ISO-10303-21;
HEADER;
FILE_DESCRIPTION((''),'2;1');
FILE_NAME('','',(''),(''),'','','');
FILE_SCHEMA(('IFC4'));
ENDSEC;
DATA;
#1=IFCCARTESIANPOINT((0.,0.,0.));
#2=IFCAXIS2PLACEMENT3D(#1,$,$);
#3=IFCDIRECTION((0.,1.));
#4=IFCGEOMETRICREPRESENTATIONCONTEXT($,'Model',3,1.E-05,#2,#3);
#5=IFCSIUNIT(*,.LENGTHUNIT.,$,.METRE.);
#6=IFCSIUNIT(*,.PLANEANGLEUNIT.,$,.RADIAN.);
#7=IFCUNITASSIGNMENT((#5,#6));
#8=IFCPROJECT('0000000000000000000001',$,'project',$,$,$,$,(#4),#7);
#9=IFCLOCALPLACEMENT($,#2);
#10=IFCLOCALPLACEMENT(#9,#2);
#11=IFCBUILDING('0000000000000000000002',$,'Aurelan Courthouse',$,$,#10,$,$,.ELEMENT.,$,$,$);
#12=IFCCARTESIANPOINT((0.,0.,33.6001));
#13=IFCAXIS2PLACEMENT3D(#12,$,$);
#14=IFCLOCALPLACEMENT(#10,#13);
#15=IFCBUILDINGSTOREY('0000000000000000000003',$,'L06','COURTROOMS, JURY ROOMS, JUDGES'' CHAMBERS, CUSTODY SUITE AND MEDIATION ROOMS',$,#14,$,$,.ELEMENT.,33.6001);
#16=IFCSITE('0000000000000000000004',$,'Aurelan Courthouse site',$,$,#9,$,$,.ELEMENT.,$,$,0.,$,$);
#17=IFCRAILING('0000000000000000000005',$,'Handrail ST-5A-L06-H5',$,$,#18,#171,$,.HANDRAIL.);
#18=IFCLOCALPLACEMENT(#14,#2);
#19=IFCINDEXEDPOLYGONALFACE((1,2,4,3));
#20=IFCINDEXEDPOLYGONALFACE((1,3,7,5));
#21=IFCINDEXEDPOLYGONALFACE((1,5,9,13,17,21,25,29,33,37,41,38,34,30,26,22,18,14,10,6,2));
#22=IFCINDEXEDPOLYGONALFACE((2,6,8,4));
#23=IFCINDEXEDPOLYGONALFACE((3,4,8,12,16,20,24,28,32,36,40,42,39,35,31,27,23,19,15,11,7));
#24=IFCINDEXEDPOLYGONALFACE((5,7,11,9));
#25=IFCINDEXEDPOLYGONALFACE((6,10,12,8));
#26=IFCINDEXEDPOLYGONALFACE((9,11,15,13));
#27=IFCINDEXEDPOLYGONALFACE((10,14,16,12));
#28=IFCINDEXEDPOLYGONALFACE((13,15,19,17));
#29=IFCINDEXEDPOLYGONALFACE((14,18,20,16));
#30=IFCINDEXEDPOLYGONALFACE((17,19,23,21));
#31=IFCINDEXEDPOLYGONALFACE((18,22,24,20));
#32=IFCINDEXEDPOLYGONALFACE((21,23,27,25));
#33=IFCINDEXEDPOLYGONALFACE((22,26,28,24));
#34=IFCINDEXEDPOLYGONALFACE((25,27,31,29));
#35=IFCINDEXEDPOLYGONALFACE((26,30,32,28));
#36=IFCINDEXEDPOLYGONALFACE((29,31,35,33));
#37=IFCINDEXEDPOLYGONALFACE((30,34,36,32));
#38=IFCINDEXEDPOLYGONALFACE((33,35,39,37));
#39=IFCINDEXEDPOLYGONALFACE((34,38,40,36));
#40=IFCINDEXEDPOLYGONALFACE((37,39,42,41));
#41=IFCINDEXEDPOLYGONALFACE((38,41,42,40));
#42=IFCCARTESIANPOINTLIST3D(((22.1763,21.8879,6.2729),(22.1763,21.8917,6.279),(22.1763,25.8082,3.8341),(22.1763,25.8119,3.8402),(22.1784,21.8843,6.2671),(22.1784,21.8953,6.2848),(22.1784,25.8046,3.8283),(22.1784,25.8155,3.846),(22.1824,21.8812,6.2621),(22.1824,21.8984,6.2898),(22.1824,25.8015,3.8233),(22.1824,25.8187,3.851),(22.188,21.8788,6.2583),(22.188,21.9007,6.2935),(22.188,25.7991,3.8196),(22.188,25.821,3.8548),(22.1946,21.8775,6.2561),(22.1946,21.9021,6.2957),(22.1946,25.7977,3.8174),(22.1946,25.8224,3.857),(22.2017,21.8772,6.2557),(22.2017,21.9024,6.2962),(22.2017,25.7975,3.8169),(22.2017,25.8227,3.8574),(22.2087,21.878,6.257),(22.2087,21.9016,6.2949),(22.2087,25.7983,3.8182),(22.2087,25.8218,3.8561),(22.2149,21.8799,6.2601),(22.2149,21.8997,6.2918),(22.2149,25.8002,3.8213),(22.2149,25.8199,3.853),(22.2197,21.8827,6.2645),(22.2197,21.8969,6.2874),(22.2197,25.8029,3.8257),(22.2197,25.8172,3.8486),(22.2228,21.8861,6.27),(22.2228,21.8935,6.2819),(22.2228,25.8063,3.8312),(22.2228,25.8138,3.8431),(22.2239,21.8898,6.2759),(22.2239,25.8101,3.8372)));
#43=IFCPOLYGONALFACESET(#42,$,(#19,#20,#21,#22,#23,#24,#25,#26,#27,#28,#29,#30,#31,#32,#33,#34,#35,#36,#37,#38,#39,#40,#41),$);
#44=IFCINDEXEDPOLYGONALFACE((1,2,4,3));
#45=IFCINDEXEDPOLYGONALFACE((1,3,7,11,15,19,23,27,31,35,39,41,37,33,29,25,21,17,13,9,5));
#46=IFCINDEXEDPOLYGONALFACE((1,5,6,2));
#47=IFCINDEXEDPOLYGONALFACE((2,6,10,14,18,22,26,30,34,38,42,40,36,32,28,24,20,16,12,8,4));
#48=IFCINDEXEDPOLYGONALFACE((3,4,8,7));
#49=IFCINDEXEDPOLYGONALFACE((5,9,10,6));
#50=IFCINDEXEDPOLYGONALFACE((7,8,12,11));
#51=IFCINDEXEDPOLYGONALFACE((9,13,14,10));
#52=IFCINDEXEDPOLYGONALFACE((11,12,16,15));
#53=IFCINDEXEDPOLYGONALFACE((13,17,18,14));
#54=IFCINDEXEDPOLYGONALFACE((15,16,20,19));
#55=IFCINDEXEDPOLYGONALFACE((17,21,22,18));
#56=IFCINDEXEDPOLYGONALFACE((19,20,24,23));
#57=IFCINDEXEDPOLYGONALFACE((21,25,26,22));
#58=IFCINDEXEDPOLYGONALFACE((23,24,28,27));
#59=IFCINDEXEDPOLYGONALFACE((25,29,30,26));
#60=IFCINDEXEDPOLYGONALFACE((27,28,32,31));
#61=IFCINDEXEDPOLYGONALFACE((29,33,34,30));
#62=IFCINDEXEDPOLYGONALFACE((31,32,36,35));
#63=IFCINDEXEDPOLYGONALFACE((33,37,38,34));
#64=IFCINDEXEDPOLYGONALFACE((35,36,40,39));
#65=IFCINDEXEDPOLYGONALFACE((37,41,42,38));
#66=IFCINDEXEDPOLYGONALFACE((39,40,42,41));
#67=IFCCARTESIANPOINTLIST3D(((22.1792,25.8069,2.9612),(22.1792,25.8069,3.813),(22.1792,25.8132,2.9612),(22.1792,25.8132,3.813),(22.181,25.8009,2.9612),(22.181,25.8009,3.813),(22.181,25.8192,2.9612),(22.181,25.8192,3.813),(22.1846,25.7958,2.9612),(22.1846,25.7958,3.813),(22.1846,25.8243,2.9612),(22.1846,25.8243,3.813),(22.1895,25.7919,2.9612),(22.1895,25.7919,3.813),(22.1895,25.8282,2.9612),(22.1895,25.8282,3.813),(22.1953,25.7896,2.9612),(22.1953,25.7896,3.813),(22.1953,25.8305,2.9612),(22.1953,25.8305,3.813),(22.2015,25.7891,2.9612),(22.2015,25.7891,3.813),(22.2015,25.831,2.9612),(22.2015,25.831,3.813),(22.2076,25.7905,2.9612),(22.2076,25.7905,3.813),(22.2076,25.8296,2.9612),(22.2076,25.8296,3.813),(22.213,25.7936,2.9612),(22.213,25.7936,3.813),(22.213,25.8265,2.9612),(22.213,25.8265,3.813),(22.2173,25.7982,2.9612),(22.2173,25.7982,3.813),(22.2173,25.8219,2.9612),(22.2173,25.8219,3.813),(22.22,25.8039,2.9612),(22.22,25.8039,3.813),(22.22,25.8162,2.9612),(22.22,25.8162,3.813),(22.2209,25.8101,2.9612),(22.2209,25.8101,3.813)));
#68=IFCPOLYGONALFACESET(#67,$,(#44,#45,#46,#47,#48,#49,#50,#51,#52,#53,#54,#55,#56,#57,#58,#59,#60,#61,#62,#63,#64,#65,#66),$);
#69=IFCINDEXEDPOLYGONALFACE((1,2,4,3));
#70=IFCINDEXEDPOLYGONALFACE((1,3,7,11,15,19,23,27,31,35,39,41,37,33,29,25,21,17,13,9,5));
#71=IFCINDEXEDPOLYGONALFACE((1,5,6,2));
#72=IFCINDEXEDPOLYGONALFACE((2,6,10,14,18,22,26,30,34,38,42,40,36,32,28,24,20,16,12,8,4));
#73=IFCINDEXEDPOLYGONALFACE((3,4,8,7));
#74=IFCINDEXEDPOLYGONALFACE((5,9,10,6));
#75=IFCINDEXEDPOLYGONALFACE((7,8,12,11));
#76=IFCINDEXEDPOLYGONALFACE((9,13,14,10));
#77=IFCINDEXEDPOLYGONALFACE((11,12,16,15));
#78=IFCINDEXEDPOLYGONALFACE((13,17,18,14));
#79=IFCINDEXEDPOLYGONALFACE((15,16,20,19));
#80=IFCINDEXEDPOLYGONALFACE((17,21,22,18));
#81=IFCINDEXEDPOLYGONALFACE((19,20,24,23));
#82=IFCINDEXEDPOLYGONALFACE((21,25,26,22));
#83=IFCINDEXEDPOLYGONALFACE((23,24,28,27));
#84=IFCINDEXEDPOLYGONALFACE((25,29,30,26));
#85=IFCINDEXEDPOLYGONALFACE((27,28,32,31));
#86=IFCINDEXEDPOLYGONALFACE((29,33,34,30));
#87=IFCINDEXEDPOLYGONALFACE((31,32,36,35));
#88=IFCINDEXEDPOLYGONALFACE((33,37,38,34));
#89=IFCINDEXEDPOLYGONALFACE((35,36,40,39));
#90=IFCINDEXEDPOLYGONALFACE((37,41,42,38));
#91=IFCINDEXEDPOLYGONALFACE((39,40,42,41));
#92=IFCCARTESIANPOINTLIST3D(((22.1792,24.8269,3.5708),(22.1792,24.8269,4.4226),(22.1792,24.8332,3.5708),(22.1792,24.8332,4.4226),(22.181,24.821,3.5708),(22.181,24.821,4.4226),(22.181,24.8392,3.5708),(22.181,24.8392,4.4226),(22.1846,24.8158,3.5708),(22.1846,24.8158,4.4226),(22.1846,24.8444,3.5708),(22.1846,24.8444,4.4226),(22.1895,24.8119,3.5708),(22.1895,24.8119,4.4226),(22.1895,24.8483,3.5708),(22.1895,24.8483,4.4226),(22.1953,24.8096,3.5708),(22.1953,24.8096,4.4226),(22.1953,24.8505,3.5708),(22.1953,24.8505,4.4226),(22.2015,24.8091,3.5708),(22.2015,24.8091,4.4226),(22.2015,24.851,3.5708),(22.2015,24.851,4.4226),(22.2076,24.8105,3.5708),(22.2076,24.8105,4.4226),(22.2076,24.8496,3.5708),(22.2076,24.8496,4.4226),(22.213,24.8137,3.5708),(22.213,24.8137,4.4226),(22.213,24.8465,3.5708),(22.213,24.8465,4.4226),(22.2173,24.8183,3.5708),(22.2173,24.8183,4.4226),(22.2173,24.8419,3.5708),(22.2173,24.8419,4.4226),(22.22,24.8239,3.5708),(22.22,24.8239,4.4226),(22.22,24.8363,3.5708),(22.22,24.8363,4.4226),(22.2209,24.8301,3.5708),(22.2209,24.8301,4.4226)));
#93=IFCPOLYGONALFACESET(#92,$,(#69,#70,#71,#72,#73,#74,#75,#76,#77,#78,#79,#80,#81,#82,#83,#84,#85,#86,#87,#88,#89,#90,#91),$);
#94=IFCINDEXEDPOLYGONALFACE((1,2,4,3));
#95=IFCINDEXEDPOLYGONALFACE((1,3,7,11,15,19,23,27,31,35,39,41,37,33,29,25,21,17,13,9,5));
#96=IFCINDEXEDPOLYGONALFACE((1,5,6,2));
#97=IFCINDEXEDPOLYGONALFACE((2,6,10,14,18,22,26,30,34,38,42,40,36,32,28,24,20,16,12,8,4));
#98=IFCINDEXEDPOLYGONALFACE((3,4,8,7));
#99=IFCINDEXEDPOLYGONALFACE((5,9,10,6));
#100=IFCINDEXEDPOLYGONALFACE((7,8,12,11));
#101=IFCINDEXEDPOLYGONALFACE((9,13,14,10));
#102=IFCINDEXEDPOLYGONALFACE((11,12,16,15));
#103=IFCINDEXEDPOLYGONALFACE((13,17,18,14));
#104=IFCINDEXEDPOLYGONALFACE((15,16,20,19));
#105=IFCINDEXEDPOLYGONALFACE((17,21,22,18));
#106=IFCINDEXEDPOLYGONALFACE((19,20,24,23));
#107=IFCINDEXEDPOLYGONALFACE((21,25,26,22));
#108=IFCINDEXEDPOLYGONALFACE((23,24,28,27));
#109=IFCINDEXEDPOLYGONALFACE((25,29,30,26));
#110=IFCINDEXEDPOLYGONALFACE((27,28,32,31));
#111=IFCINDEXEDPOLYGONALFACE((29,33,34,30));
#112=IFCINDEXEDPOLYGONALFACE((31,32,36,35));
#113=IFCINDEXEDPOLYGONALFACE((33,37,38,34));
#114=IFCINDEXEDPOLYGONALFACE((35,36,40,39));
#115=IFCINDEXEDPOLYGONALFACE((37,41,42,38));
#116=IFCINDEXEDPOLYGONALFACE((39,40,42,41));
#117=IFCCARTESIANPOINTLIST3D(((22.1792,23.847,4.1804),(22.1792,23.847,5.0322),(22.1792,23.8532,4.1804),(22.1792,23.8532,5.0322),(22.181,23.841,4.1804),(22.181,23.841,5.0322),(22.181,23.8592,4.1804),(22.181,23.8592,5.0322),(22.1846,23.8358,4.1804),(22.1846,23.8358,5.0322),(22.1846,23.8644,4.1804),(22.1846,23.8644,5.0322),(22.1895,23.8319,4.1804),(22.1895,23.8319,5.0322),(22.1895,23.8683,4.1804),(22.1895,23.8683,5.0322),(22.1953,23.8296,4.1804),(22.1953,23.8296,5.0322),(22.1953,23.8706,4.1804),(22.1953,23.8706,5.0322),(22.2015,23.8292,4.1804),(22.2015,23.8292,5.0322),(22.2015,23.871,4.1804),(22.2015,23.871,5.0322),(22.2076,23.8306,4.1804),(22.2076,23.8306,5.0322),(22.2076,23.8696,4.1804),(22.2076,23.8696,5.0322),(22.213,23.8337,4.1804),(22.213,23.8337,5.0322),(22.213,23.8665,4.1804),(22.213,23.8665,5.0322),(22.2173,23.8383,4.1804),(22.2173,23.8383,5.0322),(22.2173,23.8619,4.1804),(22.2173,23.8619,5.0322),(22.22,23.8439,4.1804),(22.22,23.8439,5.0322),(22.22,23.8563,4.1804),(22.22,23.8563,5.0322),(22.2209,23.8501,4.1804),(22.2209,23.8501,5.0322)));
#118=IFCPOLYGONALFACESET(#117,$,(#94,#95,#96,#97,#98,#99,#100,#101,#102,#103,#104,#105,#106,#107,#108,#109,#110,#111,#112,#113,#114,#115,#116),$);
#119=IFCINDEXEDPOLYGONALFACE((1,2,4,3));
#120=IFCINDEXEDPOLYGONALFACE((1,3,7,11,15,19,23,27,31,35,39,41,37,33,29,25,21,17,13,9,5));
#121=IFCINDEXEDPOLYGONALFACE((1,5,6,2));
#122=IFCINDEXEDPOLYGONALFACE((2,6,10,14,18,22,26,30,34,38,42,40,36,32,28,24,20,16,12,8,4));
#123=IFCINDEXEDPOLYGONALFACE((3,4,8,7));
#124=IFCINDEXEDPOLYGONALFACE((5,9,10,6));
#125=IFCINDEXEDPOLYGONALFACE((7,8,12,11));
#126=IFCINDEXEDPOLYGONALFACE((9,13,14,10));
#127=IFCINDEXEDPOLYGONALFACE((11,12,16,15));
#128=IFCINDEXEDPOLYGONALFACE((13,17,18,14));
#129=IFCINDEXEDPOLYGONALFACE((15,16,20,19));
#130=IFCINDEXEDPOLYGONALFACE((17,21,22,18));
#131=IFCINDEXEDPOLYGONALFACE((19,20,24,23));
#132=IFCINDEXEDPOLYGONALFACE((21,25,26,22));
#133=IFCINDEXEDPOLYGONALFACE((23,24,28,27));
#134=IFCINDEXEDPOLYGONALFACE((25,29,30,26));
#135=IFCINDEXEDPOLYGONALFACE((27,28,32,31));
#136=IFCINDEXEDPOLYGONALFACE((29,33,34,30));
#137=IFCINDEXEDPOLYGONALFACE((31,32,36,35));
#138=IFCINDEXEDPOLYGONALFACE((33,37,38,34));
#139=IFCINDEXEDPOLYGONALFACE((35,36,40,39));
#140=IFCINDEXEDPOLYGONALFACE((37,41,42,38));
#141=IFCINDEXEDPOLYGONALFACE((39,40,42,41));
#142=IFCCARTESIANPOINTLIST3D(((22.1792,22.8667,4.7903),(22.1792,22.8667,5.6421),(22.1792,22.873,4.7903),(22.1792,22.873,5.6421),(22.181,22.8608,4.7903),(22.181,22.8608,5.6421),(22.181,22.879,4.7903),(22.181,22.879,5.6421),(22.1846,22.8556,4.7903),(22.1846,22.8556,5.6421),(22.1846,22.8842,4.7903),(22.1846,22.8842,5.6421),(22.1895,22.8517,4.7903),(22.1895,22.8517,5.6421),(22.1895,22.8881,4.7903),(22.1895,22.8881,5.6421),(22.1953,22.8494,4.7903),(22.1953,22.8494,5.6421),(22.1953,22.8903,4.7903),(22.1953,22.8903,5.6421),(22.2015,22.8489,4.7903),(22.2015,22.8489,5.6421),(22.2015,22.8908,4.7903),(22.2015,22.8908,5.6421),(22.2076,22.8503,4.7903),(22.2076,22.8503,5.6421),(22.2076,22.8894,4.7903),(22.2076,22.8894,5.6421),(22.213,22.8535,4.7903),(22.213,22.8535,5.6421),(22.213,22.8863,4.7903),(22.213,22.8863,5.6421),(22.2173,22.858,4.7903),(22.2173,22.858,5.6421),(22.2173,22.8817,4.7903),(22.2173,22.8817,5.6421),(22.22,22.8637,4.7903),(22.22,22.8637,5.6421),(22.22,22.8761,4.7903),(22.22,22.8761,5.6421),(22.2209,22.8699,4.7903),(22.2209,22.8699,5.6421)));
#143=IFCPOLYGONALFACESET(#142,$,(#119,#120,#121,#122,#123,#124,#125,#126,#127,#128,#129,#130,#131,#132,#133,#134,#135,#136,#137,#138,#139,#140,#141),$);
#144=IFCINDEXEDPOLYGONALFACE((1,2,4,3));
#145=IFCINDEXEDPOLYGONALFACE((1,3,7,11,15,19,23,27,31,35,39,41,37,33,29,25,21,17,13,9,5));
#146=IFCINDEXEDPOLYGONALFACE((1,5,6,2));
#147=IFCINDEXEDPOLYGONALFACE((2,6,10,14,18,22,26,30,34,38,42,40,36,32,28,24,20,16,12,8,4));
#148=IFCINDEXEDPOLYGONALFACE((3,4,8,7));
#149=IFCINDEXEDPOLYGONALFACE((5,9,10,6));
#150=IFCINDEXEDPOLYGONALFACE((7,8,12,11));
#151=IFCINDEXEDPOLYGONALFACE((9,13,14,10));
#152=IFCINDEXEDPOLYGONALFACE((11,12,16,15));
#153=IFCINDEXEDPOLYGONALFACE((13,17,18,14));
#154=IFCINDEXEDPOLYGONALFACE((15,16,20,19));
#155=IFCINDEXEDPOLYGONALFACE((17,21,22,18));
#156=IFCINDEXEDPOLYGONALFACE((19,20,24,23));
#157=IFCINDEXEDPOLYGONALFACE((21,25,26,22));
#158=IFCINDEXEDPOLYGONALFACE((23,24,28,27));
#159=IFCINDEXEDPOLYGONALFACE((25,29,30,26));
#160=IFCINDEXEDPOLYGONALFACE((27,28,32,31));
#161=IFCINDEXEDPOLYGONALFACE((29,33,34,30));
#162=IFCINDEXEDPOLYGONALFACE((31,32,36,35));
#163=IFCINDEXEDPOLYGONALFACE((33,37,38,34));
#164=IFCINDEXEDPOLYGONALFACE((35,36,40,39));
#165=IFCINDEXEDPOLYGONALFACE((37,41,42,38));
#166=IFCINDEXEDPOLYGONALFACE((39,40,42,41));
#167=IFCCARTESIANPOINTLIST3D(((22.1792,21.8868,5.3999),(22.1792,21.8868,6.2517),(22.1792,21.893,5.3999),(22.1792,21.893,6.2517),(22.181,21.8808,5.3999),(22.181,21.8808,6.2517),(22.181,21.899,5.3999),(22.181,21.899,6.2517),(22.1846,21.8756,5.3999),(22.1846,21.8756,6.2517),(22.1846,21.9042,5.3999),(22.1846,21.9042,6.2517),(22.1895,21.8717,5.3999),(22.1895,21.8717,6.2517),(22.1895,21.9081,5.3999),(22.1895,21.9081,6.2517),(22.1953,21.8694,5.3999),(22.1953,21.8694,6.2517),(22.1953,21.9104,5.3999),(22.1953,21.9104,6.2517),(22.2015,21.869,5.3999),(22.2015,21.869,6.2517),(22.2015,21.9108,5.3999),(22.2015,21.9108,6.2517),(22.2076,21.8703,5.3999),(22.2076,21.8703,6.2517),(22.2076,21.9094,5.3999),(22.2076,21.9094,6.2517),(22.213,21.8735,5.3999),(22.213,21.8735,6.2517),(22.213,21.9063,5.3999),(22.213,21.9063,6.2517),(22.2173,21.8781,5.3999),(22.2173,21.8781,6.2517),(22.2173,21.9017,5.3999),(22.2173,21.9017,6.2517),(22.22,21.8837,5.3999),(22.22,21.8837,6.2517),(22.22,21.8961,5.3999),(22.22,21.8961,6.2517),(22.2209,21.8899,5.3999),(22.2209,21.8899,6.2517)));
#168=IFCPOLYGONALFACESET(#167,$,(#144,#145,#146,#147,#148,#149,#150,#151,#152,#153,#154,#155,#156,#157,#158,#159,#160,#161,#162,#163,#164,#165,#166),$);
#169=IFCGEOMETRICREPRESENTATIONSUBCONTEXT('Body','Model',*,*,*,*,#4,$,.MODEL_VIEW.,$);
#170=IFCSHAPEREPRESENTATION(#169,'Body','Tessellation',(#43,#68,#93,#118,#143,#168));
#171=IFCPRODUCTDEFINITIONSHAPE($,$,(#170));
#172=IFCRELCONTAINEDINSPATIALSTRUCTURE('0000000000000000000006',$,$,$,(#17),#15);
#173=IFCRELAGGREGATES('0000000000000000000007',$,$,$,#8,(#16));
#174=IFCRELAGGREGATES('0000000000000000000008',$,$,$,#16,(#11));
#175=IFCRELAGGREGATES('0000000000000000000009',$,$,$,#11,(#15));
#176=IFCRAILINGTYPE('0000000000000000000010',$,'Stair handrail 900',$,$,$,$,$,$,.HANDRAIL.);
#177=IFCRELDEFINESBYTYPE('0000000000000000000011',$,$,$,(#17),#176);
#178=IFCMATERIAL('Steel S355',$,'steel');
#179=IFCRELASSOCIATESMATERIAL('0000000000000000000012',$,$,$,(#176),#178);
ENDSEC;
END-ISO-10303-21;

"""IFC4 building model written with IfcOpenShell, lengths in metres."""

from ifc_helpers import new_model, si_unit, direction, frame, origin, origin_2d, place, context, subcontext, project, spatial, circle, extrude, material, type_object, element, save


model = new_model("IFC4")

# Units and contexts
model_context = context("Model", 3, precision=1e-05, world=origin(), true_north=direction((0.0, 1.0)))
body_context = subcontext(model_context, "Body", "Model", "MODEL_VIEW")
ifc_project = project(units=[si_unit("LENGTHUNIT", "METRE"), si_unit("PLANEANGLEUNIT", "RADIAN")], contexts=[model_context])

# Site, building, storey
site_placement = place(None, origin())
site = spatial("IfcSite", under=ifc_project, at=site_placement, Name="Aurelan Courthouse site", CompositionType="ELEMENT", RefElevation=0.0)
building_placement = place(site_placement, origin())
building = spatial("IfcBuilding", under=site, at=building_placement, Name="Aurelan Courthouse", CompositionType="ELEMENT")
storey_placement = place(building_placement, frame((0.0, 0.0, 33.6001)))
storey = spatial("IfcBuildingStorey", under=building, at=storey_placement, Name="L06", Description="COURTROOMS, JURY ROOMS, JUDGES' CHAMBERS, CUSTODY SUITE AND MEDIATION ROOMS", CompositionType="ELEMENT", Elevation=33.6001)

# Railing
ifc_material_1 = material(Name="Steel S355", Category="steel")
railing_type_1 = type_object("IfcRailingType", Name="Stair handrail 900", PredefinedType="HANDRAIL", material=ifc_material_1)
for number, where, name in (
    (1, (22.2, 25.8101, 2.9612), "Handrail ST-5A-L06-H5"),
):
    element("IfcRailing", number, at=place(storey_placement, frame(where)), inside=storey, type_object=railing_type_1, Name=name, PredefinedType="HANDRAIL", context=body_context, shape_type="SweptSolid", body=[
        extrude(circle(Radius=0.0239, at=origin_2d()), frame((0.0, 0.0, 0.876), z_axis=(0.0, -0.849105, 0.528225), x_axis=(1.0, 0.0, 0.0)), (0.0, 0.0, 1.0), 4.6169),
        extrude(circle(Radius=0.021, at=origin_2d()), origin(), (0.0, 0.0, 1.0), 0.8518),
        extrude(circle(Radius=0.021, at=origin_2d()), frame((0.0, -0.98, 0.6096)), (0.0, 0.0, 1.0), 0.8518),
        extrude(circle(Radius=0.021, at=origin_2d()), frame((0.0, -1.96, 1.2192)), (0.0, 0.0, 1.0), 0.8518),
        extrude(circle(Radius=0.021, at=origin_2d()), frame((0.0, -2.9402, 1.8291)), (0.0, 0.0, 1.0), 0.8518),
        extrude(circle(Radius=0.021, at=origin_2d()), frame((0.0, -3.9202, 2.4387)), (0.0, 0.0, 1.0), 0.8518),
    ])

save(model, "model.ifc")
